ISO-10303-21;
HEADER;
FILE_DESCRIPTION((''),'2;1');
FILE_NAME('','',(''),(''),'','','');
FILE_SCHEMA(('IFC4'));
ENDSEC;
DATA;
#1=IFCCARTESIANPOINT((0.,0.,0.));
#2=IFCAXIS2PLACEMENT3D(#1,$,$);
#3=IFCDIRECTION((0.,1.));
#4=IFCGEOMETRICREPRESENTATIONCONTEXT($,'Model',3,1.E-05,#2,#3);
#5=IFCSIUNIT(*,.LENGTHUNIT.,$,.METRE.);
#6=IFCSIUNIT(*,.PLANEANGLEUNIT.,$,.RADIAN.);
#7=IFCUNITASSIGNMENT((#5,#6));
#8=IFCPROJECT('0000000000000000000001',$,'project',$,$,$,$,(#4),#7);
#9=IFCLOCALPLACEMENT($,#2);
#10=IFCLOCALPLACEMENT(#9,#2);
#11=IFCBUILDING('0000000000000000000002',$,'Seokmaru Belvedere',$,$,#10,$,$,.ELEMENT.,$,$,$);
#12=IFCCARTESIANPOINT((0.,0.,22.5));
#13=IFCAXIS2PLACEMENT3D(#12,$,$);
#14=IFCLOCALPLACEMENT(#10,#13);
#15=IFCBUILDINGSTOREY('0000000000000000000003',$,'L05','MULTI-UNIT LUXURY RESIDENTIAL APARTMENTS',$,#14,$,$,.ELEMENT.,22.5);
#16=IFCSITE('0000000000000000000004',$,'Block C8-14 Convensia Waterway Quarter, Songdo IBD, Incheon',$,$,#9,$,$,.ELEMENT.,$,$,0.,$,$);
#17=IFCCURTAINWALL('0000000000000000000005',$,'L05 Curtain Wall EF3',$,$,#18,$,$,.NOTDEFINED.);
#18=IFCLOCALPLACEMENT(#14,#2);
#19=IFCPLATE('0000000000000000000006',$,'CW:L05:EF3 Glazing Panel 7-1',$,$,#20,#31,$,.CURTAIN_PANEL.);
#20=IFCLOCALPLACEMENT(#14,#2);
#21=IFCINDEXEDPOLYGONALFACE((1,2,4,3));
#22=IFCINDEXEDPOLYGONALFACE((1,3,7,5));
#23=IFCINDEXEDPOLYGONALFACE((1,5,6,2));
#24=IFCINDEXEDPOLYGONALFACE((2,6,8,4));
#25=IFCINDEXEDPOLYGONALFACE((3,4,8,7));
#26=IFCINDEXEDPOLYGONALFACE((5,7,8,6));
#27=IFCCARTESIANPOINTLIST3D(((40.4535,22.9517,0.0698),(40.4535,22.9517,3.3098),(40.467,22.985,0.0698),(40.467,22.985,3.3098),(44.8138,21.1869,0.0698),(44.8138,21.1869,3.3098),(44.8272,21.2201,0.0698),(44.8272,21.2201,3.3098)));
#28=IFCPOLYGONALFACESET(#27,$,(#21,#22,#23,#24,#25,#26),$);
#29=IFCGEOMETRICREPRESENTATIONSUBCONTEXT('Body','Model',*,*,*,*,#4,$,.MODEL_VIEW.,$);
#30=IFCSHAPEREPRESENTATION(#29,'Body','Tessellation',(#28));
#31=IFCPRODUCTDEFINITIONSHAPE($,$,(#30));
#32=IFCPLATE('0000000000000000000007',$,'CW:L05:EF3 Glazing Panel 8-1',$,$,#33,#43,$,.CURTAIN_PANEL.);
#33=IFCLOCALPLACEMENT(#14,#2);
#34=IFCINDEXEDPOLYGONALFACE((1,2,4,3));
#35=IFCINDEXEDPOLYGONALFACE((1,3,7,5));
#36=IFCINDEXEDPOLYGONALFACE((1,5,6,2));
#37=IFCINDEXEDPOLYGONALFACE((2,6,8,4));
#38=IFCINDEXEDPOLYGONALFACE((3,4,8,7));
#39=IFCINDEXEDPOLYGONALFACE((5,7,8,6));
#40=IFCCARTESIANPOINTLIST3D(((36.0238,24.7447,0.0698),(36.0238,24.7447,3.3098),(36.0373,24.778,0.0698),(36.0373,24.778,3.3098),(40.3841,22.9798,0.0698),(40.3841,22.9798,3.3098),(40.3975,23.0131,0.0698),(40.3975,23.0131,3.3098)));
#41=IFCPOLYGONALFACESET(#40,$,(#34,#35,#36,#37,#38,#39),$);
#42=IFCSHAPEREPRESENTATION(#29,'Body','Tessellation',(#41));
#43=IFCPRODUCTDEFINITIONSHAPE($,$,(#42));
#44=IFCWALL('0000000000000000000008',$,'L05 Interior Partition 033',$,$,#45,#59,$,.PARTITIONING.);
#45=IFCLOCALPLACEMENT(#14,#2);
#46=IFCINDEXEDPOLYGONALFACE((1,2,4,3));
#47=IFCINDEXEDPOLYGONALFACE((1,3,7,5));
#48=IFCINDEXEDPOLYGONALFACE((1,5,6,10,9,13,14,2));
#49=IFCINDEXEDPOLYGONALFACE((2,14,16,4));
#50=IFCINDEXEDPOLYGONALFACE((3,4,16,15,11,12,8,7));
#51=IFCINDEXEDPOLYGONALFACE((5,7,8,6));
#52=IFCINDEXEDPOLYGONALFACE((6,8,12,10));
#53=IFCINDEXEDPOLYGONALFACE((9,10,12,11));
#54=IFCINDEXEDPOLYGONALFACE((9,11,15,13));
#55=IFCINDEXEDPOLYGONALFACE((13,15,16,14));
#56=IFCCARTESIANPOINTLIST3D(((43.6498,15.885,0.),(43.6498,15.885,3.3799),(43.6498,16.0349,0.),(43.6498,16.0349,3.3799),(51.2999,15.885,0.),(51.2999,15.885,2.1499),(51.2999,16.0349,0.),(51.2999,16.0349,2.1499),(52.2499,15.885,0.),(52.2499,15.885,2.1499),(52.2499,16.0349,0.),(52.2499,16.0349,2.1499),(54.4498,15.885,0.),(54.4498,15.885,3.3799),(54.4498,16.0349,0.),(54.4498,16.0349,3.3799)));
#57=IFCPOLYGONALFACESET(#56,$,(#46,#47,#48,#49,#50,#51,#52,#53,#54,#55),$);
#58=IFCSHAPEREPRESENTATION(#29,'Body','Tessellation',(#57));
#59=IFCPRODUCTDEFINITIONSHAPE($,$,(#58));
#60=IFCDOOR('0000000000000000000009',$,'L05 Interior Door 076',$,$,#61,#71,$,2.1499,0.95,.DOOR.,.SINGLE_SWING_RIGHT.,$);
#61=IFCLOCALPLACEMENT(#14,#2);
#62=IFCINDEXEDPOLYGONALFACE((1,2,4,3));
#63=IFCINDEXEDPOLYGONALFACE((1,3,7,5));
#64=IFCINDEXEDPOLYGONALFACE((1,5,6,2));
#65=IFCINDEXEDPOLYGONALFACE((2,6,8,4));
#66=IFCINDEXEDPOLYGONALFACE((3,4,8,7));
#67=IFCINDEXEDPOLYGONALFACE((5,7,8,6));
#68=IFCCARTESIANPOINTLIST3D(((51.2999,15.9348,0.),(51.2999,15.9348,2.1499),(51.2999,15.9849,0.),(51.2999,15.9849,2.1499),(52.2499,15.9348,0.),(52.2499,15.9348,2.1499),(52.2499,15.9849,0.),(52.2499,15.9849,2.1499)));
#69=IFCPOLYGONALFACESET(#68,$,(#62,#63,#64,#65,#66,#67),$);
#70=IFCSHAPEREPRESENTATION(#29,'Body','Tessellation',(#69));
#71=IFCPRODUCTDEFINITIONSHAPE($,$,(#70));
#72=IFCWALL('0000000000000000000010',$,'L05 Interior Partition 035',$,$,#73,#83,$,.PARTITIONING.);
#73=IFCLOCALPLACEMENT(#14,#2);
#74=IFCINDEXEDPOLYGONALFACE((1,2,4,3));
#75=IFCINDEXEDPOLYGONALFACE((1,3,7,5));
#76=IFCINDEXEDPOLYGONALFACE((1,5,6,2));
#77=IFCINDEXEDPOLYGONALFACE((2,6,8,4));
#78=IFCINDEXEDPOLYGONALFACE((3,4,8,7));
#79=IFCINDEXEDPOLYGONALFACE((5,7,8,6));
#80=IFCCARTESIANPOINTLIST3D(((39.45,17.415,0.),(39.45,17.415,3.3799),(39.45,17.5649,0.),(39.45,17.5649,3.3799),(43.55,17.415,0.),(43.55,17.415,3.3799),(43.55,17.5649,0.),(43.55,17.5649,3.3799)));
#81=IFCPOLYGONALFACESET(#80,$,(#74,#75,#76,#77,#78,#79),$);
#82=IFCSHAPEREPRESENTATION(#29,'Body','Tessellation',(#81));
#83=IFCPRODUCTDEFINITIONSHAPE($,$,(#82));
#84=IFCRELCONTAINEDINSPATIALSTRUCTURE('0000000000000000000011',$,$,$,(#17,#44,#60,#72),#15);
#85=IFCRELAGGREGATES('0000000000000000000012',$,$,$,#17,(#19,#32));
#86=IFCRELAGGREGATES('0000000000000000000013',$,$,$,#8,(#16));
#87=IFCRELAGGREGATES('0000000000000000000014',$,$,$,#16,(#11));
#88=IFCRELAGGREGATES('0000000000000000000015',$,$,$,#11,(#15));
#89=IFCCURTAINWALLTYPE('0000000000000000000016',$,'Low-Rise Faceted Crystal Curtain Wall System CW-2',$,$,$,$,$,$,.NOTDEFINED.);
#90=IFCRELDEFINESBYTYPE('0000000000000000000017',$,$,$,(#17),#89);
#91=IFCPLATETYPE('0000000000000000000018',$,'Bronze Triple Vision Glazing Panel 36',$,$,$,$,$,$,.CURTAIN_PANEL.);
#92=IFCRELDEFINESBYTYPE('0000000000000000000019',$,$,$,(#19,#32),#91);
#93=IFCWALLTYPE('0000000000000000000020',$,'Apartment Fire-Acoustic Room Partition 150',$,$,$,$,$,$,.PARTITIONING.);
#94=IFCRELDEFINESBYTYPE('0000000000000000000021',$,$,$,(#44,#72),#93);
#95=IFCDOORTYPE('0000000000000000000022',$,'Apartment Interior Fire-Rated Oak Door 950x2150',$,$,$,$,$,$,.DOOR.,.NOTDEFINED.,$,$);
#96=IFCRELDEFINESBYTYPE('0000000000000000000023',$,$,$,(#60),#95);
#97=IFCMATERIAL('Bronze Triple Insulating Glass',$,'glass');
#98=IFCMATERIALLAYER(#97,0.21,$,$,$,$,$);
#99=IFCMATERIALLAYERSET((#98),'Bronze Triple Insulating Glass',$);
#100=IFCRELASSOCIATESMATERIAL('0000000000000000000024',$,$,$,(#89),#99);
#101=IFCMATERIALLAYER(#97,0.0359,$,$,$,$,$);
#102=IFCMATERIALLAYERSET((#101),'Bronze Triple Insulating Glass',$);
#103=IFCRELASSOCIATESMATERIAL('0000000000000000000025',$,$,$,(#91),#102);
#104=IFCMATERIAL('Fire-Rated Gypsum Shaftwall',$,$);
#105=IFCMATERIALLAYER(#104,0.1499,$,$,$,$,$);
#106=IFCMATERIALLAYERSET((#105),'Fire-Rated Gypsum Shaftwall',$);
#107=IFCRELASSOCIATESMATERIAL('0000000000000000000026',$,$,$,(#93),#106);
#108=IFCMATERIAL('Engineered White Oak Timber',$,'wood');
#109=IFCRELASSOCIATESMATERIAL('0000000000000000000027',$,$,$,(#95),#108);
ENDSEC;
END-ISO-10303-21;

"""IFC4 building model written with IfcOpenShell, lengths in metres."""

from ifc_helpers import new_model, si_unit, direction, frame, frame_2d, origin, origin_2d, place, context, subcontext, project, spatial, rectangle, extrude, source, transform, mapped, material, layer, layer_set, type_object, type_shapes, element, fill, aggregate, save


model = new_model("IFC4")

# Units and contexts
model_context = context("Model", 3, precision=1e-05, world=origin(), true_north=direction((0.0, 1.0)))
body_context = subcontext(model_context, "Body", "Model", "MODEL_VIEW")
ifc_project = project(units=[si_unit("LENGTHUNIT", "METRE"), si_unit("PLANEANGLEUNIT", "RADIAN")], contexts=[model_context])

# Site, building, storey
site_placement = place(None, origin())
site = spatial("IfcSite", under=ifc_project, at=site_placement, Name="Block C8-14 Convensia Waterway Quarter, Songdo IBD, Incheon", CompositionType="ELEMENT", RefElevation=0.0)
building_placement = place(site_placement, origin())
building = spatial("IfcBuilding", under=site, at=building_placement, Name="Seokmaru Belvedere", CompositionType="ELEMENT")
storey_placement = place(building_placement, frame((0.0, 0.0, 22.5)))
storey = spatial("IfcBuildingStorey", under=building, at=storey_placement, Name="L05", Description="MULTI-UNIT LUXURY RESIDENTIAL APARTMENTS", CompositionType="ELEMENT", Elevation=22.5)

# Curtain wall, plates
ifc_material_1 = material(Name="Bronze Triple Insulating Glass", Category="glass")
ifc_layer_1 = layer(ifc_material_1, 0.21)
ifc_layer_set_1 = layer_set([ifc_layer_1], Name="Bronze Triple Insulating Glass")
curtain_wall_type = type_object("IfcCurtainWallType", Name="Low-Rise Faceted Crystal Curtain Wall System CW-2", PredefinedType="NOTDEFINED", material=ifc_layer_set_1)
curtain_wall_placement = place(storey_placement, origin())
curtain_wall = element("IfcCurtainWall", 1, at=curtain_wall_placement, inside=storey, type_object=curtain_wall_type, Name="L05 Curtain Wall EF3", PredefinedType="NOTDEFINED")
ifc_layer_2 = layer(ifc_material_1, 0.0359)
ifc_layer_set_2 = layer_set([ifc_layer_2], Name="Bronze Triple Insulating Glass")
plate_type = type_object("IfcPlateType", Name="Bronze Triple Vision Glazing Panel 36", PredefinedType="CURTAIN_PANEL", material=ifc_layer_set_2)
shared_shape_1 = source(origin(), body_context, "Body", "SweptSolid", [
    extrude(rectangle(XDim=4.7039, YDim=0.0359, at=origin_2d()), origin(), (0.0, 0.0, 1.0), 3.24),
])
type_shapes(plate_type, [shared_shape_1])
plate_1_placement = place(storey_placement, frame((42.6404, 22.0859, 0.0698), z_axis=(0.0, 0.0, 1.0), x_axis=(-0.926947, 0.375192, 0.0)))
plate_1 = element("IfcPlate", 2, at=plate_1_placement, type_object=plate_type, Name="CW:L05:EF3 Glazing Panel 7-1", PredefinedType="CURTAIN_PANEL", context=body_context, shape_type="MappedRepresentation", body=[
    mapped(shared_shape_1, transform((0.0, 0.0, 0.0), scale=1.0)),
])
plate_2_placement = place(storey_placement, frame((38.2107, 23.8789, 0.0698), z_axis=(0.0, 0.0, 1.0), x_axis=(-0.926947, 0.375192, 0.0)))
plate_2 = element("IfcPlate", 3, at=plate_2_placement, type_object=plate_type, Name="CW:L05:EF3 Glazing Panel 8-1", PredefinedType="CURTAIN_PANEL", context=body_context, shape_type="MappedRepresentation", body=[
    mapped(shared_shape_1, transform((0.0, 0.0, 0.0), scale=1.0)),
])
aggregate(curtain_wall, [plate_1, plate_2])

# Shared definitions
ifc_material_2 = material(Name="Fire-Rated Gypsum Shaftwall")
ifc_layer_3 = layer(ifc_material_2, 0.1499)
ifc_layer_set_3 = layer_set([ifc_layer_3], Name="Fire-Rated Gypsum Shaftwall")
wall_type = type_object("IfcWallType", Name="Apartment Fire-Acoustic Room Partition 150", PredefinedType="PARTITIONING", material=ifc_layer_set_3)

# Wall, opening, door
wall_1_placement = place(storey_placement, frame((43.6499, 15.96, 0.0), z_axis=(0.0, 0.0, 1.0), x_axis=(1.0, 0.0, 0.0)))
wall_1 = element("IfcWall", 4, at=wall_1_placement, inside=storey, type_object=wall_type, Name="L05 Interior Partition 033", PredefinedType="PARTITIONING", context=body_context, shape_type="SweptSolid", body=[
    extrude(rectangle(XDim=10.8, YDim=0.1499, at=frame_2d((5.3999, 0.0))), origin(), (0.0, 0.0, 1.0), 3.3799),
])
opening_1_placement = place(wall_1_placement, frame((7.6499, 0.0, 0.0)))
opening_1 = element("IfcOpeningElement", 5, at=opening_1_placement, cuts=wall_1, PredefinedType="OPENING", context=body_context, shape_type="SweptSolid", body=[
    extrude(rectangle(XDim=0.95, YDim=2.1499, at=frame_2d((0.4751, 1.075))), frame((0.0, 0.085, 0.0), z_axis=(0.0, -1.0, 0.0), x_axis=(1.0, 0.0, 0.0)), (0.0, 0.0, 1.0), 0.1699),
])
ifc_material_3 = material(Name="Engineered White Oak Timber", Category="wood")
door_type = type_object("IfcDoorType", Name="Apartment Interior Fire-Rated Oak Door 950x2150", OperationType="NOTDEFINED", PredefinedType="DOOR", material=ifc_material_3)
shared_shape_2 = source(origin(), body_context, "Body", "SweptSolid", [
    extrude(rectangle(XDim=0.95, YDim=2.1499, at=frame_2d((0.4751, 1.075))), frame((0.0, 0.0249, 0.0), z_axis=(0.0, -1.0, 0.0), x_axis=(1.0, 0.0, 0.0)), (0.0, 0.0, 1.0), 0.05),
])
type_shapes(door_type, [shared_shape_2])
door_placement = place(opening_1_placement, origin())
door = element("IfcDoor", 6, at=door_placement, inside=storey, type_object=door_type, Name="L05 Interior Door 076", OperationType="SINGLE_SWING_RIGHT", OverallHeight=2.1499, OverallWidth=0.95, PredefinedType="DOOR", context=body_context, shape_type="MappedRepresentation", body=[
    mapped(shared_shape_2, transform((0.0, 0.0, 0.0), scale=1.0)),
])
fill(opening_1, door)

# Wall
wall_2_placement = place(storey_placement, frame((39.45, 17.49, 0.0), z_axis=(0.0, 0.0, 1.0), x_axis=(1.0, 0.0, 0.0)))
element("IfcWall", 7, at=wall_2_placement, inside=storey, type_object=wall_type, Name="L05 Interior Partition 035", PredefinedType="PARTITIONING", context=body_context, shape_type="SweptSolid", body=[
    extrude(rectangle(XDim=4.1001, YDim=0.1499, at=frame_2d((2.05, 0.0))), origin(), (0.0, 0.0, 1.0), 3.3799),
])

save(model, "model.ifc")
